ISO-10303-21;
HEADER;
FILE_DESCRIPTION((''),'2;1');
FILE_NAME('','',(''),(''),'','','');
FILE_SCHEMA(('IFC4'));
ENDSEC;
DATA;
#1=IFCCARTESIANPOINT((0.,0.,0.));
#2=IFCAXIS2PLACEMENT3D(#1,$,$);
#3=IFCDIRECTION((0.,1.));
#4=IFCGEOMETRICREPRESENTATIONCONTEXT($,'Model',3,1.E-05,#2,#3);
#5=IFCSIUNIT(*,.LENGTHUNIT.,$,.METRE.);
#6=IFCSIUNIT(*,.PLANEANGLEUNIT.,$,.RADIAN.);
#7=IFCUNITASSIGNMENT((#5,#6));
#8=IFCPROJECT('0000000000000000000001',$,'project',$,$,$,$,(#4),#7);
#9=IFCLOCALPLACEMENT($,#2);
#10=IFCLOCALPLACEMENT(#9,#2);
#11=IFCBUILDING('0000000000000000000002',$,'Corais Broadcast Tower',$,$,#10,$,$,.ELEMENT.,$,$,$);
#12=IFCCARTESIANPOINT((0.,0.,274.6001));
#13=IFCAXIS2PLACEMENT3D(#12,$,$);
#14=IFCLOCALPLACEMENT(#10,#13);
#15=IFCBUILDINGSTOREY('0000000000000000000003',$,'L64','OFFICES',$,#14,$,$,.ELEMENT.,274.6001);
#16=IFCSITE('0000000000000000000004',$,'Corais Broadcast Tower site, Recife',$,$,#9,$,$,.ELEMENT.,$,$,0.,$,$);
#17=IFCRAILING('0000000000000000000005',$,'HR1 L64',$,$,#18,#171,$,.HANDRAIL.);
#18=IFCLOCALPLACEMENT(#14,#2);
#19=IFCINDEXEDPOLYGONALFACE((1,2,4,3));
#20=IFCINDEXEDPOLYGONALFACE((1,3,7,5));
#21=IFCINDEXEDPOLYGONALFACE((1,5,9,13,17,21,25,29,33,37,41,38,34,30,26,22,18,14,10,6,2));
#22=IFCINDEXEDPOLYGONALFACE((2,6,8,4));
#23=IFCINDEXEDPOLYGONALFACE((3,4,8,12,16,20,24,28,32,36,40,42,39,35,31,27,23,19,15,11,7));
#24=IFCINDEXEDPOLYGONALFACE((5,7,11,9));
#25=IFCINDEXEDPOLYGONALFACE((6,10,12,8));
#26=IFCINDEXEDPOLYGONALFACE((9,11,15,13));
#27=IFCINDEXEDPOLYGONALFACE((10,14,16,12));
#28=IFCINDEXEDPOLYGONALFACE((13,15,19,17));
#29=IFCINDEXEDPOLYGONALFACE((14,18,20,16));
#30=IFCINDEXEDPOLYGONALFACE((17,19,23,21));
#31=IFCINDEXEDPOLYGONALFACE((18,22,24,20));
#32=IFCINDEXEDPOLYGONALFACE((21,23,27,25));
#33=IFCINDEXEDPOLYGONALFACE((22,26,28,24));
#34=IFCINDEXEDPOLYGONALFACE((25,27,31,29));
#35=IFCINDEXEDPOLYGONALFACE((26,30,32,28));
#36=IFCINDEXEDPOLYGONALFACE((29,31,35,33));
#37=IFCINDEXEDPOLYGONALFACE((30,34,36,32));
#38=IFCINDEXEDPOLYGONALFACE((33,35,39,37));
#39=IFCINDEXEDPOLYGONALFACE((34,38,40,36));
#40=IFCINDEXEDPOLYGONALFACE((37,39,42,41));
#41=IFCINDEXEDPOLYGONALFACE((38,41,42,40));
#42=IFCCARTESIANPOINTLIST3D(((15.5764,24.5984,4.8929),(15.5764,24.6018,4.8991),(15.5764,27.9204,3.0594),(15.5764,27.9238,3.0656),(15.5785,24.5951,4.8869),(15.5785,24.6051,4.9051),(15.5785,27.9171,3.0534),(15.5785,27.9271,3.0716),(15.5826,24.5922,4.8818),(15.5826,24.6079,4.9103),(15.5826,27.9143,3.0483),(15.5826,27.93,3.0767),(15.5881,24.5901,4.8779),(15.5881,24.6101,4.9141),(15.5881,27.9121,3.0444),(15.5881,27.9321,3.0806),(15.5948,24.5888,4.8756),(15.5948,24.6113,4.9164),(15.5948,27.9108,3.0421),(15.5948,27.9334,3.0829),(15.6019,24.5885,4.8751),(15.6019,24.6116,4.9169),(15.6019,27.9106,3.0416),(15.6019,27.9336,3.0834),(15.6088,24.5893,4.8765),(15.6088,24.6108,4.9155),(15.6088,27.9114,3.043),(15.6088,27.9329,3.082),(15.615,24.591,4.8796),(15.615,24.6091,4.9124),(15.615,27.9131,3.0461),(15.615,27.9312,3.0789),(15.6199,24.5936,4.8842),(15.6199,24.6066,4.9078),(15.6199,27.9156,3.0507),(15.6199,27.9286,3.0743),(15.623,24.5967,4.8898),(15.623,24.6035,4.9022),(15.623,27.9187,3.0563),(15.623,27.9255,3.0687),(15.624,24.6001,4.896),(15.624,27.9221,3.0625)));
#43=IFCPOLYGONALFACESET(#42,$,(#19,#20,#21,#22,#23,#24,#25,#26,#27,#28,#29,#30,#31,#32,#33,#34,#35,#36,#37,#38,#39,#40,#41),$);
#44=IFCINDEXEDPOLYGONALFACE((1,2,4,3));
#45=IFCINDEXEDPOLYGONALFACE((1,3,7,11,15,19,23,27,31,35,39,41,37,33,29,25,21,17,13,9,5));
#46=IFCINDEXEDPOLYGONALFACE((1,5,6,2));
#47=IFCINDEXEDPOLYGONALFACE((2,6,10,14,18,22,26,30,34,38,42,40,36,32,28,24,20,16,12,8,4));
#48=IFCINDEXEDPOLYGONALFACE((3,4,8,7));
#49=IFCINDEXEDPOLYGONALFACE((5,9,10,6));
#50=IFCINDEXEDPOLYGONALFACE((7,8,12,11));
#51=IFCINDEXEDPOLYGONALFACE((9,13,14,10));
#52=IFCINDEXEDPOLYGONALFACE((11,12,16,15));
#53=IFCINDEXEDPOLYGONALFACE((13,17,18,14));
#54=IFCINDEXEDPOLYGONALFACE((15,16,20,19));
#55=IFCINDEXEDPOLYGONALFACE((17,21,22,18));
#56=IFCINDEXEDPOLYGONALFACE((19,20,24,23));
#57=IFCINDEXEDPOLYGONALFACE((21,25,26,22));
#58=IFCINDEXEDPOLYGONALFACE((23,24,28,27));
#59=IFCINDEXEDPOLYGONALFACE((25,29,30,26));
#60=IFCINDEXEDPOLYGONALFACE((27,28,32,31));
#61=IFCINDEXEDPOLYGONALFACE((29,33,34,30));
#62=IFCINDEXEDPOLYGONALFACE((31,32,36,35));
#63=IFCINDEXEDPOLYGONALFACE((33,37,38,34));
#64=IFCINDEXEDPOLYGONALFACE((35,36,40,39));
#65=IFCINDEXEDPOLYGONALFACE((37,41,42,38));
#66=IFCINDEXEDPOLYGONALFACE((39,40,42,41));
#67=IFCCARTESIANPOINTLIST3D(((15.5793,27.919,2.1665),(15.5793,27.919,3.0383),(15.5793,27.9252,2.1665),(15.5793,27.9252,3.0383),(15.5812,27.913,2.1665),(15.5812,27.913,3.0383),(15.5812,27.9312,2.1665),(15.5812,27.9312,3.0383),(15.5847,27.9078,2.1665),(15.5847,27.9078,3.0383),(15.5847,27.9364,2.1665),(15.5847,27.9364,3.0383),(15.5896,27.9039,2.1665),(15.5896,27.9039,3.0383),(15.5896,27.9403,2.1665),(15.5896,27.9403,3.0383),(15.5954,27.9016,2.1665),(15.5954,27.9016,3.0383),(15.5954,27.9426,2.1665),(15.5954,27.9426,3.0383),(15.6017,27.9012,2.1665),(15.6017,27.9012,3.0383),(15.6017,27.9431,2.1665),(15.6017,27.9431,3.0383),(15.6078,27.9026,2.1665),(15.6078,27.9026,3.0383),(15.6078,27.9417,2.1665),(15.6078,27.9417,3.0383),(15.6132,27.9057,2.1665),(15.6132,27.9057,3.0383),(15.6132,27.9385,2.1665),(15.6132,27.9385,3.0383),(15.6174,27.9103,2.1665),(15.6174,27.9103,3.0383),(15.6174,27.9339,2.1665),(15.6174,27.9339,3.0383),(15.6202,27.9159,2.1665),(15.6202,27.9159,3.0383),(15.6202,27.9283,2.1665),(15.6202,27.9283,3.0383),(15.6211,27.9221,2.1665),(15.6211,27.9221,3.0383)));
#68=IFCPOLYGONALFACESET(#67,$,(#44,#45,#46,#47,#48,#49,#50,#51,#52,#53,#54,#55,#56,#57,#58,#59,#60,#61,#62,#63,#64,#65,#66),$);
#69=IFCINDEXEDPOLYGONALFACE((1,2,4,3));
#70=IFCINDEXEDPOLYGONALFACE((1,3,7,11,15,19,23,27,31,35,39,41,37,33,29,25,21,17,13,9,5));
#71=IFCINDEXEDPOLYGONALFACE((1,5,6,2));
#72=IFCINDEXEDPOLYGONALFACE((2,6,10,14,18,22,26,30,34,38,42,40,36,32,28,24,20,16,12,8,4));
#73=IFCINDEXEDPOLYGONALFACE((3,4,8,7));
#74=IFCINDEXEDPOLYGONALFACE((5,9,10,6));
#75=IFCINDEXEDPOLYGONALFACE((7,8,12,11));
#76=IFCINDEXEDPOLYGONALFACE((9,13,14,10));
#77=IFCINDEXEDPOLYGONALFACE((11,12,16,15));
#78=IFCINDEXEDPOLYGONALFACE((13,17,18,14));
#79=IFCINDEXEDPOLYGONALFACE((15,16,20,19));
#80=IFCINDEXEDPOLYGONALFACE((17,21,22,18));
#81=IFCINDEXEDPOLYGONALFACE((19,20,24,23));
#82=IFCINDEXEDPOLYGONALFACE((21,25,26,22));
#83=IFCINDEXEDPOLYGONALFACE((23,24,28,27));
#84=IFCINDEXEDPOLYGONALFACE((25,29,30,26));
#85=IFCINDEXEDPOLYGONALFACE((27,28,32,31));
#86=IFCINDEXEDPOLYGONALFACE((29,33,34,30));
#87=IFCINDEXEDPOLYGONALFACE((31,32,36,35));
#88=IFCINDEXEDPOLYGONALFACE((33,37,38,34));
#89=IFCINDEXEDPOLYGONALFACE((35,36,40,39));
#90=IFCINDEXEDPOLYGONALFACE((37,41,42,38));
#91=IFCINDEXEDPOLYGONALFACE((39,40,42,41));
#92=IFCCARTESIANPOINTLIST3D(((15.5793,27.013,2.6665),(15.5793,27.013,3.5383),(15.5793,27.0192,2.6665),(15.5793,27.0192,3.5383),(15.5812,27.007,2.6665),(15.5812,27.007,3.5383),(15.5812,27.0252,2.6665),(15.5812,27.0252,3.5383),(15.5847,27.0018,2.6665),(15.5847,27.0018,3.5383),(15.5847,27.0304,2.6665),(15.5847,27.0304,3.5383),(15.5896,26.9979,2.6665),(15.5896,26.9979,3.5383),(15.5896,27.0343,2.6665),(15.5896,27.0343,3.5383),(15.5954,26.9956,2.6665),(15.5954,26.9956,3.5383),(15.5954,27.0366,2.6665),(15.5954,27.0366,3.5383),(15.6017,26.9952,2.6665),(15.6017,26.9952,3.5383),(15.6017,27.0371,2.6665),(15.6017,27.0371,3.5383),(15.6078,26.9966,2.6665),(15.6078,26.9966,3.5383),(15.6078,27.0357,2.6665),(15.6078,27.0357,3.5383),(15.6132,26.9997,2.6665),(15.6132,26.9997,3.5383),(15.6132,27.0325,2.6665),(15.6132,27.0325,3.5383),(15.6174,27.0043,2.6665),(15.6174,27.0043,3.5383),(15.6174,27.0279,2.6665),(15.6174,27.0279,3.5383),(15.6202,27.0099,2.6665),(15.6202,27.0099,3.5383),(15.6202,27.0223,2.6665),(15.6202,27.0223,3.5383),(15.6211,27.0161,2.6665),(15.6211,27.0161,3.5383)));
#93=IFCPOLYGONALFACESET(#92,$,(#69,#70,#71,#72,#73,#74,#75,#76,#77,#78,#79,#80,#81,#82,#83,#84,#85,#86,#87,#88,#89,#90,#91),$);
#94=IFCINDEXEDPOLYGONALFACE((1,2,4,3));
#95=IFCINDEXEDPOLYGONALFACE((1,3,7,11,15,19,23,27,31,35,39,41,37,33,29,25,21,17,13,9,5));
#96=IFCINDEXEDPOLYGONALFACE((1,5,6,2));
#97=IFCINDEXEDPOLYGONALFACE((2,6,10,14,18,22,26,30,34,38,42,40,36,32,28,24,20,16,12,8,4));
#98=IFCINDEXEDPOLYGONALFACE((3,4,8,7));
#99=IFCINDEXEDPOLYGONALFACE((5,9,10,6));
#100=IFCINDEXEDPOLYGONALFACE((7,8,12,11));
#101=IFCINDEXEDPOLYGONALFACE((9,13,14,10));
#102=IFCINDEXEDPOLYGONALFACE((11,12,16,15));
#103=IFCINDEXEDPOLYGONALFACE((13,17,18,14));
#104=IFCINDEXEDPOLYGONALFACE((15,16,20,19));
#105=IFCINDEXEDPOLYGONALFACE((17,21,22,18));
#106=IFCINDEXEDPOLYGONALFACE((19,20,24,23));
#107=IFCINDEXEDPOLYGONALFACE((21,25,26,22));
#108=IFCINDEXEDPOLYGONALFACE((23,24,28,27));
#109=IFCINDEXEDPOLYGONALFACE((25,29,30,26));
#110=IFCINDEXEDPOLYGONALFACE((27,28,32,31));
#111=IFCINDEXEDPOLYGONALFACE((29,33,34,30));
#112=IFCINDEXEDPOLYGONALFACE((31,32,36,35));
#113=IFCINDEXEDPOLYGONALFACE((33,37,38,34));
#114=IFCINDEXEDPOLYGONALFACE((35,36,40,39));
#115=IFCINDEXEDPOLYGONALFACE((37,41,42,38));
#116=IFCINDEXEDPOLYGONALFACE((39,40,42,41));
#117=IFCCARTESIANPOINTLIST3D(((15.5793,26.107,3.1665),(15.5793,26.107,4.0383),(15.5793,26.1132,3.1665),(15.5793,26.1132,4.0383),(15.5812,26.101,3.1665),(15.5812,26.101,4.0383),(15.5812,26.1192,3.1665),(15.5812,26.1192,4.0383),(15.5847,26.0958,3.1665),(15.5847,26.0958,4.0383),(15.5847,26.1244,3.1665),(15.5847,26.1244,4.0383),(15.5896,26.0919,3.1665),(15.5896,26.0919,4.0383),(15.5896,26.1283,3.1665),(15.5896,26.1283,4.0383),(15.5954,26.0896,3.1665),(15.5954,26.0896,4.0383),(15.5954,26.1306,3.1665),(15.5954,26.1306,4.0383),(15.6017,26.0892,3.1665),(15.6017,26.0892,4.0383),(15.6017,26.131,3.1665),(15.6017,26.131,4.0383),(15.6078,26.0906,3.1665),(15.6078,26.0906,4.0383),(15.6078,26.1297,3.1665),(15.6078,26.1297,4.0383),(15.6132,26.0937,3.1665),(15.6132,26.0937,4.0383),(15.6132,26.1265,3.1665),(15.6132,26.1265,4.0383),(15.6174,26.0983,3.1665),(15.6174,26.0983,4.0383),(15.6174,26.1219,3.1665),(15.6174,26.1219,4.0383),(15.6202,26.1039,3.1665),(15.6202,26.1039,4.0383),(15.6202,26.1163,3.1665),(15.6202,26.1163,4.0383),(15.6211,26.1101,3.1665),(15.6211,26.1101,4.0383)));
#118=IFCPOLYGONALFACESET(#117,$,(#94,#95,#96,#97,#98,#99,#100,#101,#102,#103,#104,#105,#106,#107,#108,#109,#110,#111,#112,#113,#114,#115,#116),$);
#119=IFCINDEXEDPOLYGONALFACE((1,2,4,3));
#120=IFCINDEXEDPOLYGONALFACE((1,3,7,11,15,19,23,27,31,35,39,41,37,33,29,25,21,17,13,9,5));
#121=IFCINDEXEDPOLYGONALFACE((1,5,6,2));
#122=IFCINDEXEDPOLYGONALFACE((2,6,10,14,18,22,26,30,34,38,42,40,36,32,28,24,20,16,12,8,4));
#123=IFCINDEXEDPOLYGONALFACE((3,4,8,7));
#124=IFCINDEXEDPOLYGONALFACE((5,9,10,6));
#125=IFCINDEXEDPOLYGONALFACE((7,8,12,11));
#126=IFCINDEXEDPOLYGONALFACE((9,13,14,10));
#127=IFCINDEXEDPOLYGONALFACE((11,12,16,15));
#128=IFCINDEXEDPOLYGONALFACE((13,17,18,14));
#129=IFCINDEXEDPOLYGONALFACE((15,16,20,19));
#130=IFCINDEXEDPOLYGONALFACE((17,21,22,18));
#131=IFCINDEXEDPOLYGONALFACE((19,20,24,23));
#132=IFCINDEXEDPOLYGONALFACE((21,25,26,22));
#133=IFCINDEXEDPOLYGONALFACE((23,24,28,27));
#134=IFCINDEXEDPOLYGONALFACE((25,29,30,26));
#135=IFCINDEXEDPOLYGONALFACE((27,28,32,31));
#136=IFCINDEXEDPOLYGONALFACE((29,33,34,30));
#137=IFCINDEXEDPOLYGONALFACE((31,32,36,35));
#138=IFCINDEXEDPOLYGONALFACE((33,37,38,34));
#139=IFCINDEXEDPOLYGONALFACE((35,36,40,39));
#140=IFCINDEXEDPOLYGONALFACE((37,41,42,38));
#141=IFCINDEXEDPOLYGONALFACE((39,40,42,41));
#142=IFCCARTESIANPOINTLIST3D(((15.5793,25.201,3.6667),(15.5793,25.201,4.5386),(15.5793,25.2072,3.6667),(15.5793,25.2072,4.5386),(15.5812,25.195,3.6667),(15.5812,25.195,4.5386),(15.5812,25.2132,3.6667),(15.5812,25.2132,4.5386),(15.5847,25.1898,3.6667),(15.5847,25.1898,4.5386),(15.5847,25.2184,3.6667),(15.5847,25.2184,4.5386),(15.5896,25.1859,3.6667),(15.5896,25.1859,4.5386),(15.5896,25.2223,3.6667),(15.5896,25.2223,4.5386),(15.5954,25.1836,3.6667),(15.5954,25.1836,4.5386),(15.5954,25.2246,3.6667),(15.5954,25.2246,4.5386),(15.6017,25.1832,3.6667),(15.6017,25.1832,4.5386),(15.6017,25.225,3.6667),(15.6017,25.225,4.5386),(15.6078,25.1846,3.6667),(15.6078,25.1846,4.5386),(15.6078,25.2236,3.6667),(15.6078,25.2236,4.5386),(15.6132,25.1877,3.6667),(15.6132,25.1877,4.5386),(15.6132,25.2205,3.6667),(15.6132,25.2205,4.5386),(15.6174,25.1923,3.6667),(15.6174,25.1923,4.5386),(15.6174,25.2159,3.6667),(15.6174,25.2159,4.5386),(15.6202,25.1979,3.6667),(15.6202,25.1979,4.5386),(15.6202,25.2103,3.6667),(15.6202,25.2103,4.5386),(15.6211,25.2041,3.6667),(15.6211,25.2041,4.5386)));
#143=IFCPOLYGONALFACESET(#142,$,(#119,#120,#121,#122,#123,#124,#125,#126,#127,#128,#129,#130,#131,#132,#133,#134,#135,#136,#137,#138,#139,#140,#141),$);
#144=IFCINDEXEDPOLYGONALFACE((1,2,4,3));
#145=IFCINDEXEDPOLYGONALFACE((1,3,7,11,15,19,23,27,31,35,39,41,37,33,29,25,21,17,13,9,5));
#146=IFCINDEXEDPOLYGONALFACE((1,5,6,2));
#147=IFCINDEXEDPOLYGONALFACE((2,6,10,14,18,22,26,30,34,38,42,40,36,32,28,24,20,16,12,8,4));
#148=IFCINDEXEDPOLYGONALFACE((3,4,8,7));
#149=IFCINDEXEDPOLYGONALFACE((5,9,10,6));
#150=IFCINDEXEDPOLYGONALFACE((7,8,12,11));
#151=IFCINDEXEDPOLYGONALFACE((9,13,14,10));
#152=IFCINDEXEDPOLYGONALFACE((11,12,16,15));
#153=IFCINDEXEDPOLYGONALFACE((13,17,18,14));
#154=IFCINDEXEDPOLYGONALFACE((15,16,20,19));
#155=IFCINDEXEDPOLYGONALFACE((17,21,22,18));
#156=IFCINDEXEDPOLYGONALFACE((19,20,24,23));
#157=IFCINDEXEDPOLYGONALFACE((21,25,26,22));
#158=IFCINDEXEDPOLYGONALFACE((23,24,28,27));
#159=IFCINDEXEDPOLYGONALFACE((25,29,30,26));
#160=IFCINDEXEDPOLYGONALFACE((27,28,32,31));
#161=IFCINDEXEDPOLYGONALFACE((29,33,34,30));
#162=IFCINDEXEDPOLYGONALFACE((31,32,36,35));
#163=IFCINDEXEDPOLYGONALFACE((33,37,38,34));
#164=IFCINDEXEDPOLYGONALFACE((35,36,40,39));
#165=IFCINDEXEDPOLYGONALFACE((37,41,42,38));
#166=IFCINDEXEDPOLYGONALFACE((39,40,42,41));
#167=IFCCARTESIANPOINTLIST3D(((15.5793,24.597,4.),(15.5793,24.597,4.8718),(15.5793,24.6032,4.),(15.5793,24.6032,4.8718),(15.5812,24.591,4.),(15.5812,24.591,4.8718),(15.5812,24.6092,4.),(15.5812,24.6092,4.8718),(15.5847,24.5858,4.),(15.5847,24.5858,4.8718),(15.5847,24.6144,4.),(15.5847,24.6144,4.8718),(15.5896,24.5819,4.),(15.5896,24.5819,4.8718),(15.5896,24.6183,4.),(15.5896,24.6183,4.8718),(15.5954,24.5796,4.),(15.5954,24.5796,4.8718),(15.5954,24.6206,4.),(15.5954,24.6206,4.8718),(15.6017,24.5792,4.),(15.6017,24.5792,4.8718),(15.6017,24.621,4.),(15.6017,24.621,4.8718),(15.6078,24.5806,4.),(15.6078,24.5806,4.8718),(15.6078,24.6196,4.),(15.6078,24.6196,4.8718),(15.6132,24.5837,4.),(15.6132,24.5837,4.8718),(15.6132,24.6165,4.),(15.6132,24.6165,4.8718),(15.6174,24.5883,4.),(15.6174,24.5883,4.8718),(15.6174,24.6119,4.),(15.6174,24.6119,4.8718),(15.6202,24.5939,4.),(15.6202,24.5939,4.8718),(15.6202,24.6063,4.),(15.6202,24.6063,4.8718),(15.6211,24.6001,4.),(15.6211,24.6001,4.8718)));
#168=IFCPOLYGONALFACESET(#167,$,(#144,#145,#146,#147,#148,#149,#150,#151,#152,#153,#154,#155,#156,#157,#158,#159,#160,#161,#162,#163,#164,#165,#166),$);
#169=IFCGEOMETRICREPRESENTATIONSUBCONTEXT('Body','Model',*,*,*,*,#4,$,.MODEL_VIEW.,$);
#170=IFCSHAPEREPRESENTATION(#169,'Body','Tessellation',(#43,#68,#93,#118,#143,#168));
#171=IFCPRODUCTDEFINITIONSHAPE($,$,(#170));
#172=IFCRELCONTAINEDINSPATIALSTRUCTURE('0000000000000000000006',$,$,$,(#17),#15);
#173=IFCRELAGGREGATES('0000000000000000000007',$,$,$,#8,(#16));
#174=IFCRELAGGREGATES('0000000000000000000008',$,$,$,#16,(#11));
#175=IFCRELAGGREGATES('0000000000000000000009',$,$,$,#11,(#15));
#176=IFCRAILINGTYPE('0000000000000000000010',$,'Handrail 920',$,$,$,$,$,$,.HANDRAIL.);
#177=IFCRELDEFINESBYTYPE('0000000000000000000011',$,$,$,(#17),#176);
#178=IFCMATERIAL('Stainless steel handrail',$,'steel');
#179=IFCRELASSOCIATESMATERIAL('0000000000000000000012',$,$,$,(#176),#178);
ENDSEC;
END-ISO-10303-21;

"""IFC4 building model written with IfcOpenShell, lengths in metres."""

from ifc_helpers import new_model, si_unit, direction, frame, origin, origin_2d, place, context, subcontext, project, spatial, circle, extrude, material, type_object, element, save


model = new_model("IFC4")

# Units and contexts
model_context = context("Model", 3, precision=1e-05, world=origin(), true_north=direction((0.0, 1.0)))
body_context = subcontext(model_context, "Body", "Model", "MODEL_VIEW")
ifc_project = project(units=[si_unit("LENGTHUNIT", "METRE"), si_unit("PLANEANGLEUNIT", "RADIAN")], contexts=[model_context])

# Site, building, storey
site_placement = place(None, origin())
site = spatial("IfcSite", under=ifc_project, at=site_placement, Name="Corais Broadcast Tower site, Recife", CompositionType="ELEMENT", RefElevation=0.0)
building_placement = place(site_placement, origin())
building = spatial("IfcBuilding", under=site, at=building_placement, Name="Corais Broadcast Tower", CompositionType="ELEMENT")
storey_placement = place(building_placement, frame((0.0, 0.0, 274.6001)))
storey = spatial("IfcBuildingStorey", under=building, at=storey_placement, Name="L64", Description="OFFICES", CompositionType="ELEMENT", Elevation=274.6001)

# Railing
ifc_material_1 = material(Name="Stainless steel handrail", Category="steel")
railing_type = type_object("IfcRailingType", Name="Handrail 920", PredefinedType="HANDRAIL", material=ifc_material_1)
for number, where, name in (
    (1, (15.6001, 27.9221, 2.1665), "HR1 L64"),
):
    element("IfcRailing", number, at=place(storey_placement, frame(where)), inside=storey, type_object=railing_type, Name=name, PredefinedType="HANDRAIL", context=body_context, shape_type="SweptSolid", body=[
        extrude(circle(Radius=0.0239, at=origin_2d()), frame((0.0, 0.0, 0.896), z_axis=(0.0, -0.875504, 0.48321), x_axis=(1.0, 0.0, 0.0)), (0.0, 0.0, 1.0), 3.7944),
        extrude(circle(Radius=0.021, at=origin_2d()), origin(), (0.0, 0.0, 1.0), 0.8718),
        extrude(circle(Radius=0.021, at=origin_2d()), frame((0.0, -0.906, 0.5)), (0.0, 0.0, 1.0), 0.8718),
        extrude(circle(Radius=0.021, at=origin_2d()), frame((0.0, -1.812, 1.0)), (0.0, 0.0, 1.0), 0.8718),
        extrude(circle(Radius=0.021, at=origin_2d()), frame((0.0, -2.718, 1.5002)), (0.0, 0.0, 1.0), 0.8718),
        extrude(circle(Radius=0.021, at=origin_2d()), frame((0.0, -3.322, 1.8335)), (0.0, 0.0, 1.0), 0.8718),
    ])

save(model, "model.ifc")
